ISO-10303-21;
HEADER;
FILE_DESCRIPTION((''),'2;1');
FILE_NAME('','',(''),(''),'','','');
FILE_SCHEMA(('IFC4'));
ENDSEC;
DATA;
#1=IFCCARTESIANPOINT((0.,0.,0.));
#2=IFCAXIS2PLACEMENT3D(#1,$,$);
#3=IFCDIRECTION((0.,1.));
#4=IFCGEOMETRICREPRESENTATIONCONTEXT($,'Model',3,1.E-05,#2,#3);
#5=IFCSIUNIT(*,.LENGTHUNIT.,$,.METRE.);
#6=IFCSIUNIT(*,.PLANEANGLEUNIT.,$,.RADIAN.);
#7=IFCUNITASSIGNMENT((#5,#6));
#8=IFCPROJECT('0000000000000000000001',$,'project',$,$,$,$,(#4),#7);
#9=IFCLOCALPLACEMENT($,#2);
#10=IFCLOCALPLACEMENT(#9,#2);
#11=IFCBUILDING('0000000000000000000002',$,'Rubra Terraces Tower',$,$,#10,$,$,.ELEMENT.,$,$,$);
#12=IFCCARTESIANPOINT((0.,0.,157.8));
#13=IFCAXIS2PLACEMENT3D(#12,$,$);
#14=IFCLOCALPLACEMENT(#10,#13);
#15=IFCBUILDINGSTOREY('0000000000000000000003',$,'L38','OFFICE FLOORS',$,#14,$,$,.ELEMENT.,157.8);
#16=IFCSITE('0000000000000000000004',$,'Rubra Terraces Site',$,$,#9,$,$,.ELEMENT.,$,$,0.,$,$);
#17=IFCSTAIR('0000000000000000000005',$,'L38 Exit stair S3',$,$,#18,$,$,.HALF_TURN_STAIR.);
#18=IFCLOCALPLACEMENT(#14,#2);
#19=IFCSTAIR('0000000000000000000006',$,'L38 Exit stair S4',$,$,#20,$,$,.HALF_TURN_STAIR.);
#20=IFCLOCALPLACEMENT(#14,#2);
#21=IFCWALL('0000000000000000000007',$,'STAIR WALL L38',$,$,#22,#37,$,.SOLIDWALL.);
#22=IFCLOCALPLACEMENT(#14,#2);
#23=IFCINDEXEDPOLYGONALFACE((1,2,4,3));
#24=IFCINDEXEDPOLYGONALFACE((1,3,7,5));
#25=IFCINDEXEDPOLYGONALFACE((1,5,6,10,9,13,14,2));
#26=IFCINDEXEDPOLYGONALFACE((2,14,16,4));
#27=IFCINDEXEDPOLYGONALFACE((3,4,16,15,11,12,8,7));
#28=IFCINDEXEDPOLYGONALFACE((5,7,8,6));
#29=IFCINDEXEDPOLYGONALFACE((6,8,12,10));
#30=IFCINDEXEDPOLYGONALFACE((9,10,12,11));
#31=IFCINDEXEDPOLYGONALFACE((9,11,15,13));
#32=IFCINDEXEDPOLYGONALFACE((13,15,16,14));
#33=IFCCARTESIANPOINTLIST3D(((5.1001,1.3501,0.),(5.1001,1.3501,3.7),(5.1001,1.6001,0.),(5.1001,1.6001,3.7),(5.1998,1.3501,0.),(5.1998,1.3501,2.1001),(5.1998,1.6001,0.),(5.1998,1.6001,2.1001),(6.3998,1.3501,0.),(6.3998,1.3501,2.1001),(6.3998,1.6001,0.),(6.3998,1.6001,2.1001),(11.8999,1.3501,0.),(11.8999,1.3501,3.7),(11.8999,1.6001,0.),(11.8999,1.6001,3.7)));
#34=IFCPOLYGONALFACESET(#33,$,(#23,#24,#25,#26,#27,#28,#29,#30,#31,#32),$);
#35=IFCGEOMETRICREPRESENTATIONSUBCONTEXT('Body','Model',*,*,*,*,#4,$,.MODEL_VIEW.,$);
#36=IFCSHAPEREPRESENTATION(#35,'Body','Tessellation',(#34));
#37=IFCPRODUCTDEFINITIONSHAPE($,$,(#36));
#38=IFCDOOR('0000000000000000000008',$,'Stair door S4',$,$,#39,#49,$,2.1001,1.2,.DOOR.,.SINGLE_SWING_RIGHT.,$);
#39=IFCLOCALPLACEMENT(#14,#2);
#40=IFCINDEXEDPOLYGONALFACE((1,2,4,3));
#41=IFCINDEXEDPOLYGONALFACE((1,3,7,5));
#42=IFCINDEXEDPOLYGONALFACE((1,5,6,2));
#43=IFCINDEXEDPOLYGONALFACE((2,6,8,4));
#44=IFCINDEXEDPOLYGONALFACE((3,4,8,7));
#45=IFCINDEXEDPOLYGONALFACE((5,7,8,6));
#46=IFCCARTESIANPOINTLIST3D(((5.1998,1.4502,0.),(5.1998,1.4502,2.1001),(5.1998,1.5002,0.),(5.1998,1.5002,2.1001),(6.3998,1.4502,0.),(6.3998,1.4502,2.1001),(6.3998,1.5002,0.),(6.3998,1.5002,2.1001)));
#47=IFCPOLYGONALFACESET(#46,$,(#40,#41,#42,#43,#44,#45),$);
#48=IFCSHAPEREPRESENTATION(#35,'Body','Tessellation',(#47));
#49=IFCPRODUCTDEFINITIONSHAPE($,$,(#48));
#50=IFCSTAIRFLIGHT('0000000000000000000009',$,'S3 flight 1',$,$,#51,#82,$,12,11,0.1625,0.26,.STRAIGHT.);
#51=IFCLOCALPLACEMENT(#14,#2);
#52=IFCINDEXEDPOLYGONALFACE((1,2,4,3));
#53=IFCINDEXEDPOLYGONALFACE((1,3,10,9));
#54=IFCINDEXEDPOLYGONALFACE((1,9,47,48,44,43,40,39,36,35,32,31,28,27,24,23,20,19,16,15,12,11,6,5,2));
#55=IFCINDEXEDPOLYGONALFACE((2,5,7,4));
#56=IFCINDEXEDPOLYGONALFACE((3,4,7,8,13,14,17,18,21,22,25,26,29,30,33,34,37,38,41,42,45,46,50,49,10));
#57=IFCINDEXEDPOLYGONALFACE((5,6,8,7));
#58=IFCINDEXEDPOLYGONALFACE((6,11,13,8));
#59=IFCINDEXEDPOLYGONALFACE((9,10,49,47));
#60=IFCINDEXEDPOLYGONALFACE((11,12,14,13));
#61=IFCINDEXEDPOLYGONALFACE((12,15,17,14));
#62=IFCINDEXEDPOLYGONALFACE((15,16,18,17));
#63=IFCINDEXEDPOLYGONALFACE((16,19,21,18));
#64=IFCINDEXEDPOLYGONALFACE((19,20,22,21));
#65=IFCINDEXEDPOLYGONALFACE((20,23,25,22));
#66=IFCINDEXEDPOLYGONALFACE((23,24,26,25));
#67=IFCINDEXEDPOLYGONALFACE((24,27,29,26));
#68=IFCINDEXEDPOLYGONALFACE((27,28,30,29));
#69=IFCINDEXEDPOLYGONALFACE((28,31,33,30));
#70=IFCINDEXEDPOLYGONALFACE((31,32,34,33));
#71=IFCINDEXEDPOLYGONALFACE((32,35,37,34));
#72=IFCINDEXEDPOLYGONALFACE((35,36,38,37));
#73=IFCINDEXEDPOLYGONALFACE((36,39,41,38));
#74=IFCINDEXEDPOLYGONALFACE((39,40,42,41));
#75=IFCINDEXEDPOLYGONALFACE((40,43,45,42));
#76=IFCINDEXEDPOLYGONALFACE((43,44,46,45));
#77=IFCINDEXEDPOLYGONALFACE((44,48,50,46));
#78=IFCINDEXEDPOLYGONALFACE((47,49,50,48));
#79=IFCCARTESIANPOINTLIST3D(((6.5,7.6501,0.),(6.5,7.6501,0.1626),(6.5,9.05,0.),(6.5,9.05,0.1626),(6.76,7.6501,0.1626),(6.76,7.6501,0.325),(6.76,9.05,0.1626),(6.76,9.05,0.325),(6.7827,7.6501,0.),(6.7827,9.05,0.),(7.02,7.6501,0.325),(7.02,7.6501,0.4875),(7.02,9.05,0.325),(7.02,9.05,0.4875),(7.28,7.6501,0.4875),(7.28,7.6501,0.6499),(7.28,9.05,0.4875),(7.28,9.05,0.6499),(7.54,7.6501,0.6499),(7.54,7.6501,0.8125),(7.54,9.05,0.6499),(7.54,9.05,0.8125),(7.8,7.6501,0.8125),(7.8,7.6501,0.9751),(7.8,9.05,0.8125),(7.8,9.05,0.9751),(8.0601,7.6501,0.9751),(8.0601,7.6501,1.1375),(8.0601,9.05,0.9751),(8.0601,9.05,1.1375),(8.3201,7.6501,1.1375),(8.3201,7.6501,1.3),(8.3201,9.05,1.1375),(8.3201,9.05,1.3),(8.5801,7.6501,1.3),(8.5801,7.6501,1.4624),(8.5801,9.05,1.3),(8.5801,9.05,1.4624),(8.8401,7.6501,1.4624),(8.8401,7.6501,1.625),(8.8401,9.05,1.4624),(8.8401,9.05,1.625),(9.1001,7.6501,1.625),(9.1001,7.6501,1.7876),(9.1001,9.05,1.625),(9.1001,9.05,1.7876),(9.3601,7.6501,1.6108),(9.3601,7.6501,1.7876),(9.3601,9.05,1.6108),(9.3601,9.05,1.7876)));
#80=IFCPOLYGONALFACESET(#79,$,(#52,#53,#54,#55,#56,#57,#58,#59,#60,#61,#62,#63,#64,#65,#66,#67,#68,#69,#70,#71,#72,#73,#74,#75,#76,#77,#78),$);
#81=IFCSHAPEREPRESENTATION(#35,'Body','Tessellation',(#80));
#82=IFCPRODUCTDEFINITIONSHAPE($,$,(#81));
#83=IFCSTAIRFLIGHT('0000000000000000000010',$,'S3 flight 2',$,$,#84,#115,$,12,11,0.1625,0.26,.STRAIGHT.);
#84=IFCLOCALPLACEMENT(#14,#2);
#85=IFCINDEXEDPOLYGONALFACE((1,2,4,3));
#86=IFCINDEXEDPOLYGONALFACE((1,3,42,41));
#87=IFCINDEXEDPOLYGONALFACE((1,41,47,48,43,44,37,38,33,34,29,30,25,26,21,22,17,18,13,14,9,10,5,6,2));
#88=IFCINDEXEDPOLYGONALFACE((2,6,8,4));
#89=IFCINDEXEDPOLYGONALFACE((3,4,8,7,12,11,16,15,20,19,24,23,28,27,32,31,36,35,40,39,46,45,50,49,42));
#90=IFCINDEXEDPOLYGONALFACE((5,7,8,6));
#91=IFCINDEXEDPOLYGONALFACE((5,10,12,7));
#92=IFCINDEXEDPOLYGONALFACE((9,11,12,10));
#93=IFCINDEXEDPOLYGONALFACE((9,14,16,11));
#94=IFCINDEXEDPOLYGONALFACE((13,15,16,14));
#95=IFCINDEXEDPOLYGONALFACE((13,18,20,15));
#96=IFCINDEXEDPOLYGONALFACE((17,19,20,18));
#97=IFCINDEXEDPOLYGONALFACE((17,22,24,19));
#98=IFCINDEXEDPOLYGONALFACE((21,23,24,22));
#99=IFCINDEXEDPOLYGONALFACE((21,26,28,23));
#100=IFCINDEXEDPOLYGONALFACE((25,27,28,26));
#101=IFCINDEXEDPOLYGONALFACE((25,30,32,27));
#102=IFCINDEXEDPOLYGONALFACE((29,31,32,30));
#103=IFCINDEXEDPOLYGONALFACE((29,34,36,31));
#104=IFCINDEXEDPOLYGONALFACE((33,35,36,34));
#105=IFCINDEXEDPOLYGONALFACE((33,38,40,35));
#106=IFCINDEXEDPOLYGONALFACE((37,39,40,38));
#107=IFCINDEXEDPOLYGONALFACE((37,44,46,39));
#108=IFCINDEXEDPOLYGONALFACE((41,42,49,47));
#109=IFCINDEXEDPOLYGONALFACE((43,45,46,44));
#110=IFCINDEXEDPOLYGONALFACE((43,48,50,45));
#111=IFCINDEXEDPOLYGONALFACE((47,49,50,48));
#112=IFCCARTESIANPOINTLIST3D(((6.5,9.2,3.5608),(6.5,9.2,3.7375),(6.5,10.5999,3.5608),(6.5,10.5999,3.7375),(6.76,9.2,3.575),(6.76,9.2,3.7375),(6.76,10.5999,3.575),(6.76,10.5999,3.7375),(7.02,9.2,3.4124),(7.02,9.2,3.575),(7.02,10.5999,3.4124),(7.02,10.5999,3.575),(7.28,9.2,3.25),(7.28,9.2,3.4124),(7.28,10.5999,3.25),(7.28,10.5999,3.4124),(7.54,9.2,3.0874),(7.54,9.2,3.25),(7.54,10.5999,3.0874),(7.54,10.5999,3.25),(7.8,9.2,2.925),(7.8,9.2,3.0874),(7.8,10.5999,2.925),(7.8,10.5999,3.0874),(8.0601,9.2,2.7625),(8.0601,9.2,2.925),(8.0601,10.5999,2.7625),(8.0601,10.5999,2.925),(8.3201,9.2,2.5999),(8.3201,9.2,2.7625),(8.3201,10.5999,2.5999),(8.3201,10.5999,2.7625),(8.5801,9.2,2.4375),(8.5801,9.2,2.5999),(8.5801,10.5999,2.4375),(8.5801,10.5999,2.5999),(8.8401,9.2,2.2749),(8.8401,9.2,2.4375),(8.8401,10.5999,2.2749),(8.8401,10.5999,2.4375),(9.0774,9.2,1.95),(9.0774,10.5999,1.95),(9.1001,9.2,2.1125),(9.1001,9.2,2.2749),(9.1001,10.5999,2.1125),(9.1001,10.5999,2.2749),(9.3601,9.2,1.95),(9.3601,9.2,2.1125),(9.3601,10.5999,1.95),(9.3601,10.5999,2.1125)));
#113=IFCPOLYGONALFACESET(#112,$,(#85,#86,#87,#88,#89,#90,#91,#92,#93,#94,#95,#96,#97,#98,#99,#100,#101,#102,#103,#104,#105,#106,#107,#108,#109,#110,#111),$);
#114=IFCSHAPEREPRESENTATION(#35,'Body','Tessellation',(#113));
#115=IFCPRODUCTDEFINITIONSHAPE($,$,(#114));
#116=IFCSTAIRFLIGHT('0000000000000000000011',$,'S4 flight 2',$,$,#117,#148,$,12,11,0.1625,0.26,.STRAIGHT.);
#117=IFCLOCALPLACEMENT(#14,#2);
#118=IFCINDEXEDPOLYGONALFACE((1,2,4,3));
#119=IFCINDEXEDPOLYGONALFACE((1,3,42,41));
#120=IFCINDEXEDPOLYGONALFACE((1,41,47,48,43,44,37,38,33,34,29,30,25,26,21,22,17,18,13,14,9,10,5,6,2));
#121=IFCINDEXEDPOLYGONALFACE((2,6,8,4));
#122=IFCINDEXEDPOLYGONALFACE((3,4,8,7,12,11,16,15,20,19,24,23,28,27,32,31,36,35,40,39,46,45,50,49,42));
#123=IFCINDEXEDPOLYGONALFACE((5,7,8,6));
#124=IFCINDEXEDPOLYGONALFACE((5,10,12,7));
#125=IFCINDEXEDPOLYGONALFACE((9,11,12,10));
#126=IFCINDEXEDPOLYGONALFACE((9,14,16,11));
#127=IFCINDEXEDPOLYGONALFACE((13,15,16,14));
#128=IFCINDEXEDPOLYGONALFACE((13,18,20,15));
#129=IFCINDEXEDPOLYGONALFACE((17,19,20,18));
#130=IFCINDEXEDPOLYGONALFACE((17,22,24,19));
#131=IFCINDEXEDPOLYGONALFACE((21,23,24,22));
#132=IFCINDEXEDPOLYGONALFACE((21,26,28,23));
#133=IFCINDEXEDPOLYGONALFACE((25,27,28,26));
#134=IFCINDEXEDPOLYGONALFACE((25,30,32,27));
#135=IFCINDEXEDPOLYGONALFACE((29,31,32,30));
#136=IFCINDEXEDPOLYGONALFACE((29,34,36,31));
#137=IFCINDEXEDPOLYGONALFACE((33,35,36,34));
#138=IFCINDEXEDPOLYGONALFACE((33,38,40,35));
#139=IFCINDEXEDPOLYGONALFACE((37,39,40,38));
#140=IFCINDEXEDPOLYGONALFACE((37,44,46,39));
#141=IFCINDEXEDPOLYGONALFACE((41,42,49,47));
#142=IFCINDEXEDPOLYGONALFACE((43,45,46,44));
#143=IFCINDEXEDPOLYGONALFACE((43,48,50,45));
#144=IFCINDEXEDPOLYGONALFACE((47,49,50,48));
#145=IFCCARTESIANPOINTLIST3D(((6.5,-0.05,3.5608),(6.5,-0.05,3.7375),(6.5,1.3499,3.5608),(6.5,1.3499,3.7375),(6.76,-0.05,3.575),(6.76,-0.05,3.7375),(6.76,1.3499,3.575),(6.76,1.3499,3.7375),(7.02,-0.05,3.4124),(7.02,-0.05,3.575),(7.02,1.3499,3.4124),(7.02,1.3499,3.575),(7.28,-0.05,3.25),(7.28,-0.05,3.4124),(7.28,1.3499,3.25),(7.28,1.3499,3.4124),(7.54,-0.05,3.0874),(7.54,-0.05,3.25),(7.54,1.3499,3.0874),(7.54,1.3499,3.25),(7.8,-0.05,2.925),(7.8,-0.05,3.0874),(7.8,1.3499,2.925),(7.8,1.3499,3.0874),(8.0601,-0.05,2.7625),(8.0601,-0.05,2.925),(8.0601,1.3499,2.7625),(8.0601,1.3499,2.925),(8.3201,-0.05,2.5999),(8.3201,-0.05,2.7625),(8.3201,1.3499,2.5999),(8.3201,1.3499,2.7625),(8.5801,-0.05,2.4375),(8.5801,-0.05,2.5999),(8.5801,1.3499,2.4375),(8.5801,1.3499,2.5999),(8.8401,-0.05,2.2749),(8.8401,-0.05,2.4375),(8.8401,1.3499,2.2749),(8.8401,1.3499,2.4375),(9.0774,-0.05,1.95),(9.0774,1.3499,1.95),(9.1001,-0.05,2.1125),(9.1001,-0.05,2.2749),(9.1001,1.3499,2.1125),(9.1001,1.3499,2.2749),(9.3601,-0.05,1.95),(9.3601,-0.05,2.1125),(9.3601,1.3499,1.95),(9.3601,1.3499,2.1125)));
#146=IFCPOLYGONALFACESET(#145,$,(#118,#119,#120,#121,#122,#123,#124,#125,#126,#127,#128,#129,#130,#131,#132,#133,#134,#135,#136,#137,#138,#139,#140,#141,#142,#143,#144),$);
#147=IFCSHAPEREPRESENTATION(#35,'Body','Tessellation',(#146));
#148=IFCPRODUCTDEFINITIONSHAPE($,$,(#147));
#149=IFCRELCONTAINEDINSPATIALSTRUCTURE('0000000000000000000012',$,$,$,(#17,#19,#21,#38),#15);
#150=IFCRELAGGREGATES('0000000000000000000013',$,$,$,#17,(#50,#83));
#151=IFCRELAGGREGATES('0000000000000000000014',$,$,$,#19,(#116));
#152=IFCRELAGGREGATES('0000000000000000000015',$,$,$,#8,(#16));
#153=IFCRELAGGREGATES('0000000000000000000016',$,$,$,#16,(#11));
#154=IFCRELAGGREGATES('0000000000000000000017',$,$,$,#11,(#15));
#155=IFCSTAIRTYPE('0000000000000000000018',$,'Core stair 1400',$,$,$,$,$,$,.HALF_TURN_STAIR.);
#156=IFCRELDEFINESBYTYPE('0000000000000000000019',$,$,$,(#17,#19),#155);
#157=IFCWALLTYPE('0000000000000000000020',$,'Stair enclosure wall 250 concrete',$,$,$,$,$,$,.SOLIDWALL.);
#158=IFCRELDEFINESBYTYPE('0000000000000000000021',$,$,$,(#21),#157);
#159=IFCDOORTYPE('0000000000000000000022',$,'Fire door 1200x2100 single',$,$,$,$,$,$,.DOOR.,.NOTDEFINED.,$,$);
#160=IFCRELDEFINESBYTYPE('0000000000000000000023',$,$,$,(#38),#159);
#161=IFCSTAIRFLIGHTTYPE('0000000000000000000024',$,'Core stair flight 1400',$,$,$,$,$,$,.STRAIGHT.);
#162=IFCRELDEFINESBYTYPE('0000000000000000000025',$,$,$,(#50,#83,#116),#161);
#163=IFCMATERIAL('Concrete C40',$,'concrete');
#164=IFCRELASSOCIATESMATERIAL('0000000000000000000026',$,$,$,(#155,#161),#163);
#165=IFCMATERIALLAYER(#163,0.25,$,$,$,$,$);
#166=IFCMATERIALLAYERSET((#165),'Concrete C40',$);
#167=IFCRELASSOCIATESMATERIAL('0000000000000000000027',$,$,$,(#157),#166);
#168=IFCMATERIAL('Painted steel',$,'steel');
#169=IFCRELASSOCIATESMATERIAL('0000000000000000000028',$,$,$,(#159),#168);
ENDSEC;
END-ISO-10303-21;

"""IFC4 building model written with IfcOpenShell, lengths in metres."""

from ifc_helpers import new_model, si_unit, direction, frame, frame_2d, origin, place, context, subcontext, project, spatial, polyline, rectangle, outline, extrude, material, layer, layer_set, type_object, element, fill, aggregate, save


model = new_model("IFC4")

# Units and contexts
model_context = context("Model", 3, precision=1e-05, world=origin(), true_north=direction((0.0, 1.0)))
body_context = subcontext(model_context, "Body", "Model", "MODEL_VIEW")
ifc_project = project(units=[si_unit("LENGTHUNIT", "METRE"), si_unit("PLANEANGLEUNIT", "RADIAN")], contexts=[model_context])

# Site, building, storey
site_placement = place(None, origin())
site = spatial("IfcSite", under=ifc_project, at=site_placement, Name="Rubra Terraces Site", CompositionType="ELEMENT", RefElevation=0.0)
building_placement = place(site_placement, origin())
building = spatial("IfcBuilding", under=site, at=building_placement, Name="Rubra Terraces Tower", CompositionType="ELEMENT")
storey_placement = place(building_placement, frame((0.0, 0.0, 157.8)))
storey = spatial("IfcBuildingStorey", under=building, at=storey_placement, Name="L38", Description="OFFICE FLOORS", CompositionType="ELEMENT", Elevation=157.8)

# Stairs
ifc_material_1 = material(Name="Concrete C40", Category="concrete")
stair_type = type_object("IfcStairType", Name="Core stair 1400", PredefinedType="HALF_TURN_STAIR", material=ifc_material_1)
stair_1_placement = place(storey_placement, origin())
stair_1 = element("IfcStair", 1, at=stair_1_placement, inside=storey, type_object=stair_type, Name="L38 Exit stair S3", PredefinedType="HALF_TURN_STAIR")
stair_2_placement = place(storey_placement, origin())
stair_2 = element("IfcStair", 2, at=stair_2_placement, inside=storey, type_object=stair_type, Name="L38 Exit stair S4", PredefinedType="HALF_TURN_STAIR")

# Wall, opening, door
ifc_layer_1 = layer(ifc_material_1, 0.25)
ifc_layer_set_1 = layer_set([ifc_layer_1], Name="Concrete C40")
wall_type_1 = type_object("IfcWallType", Name="Stair enclosure wall 250 concrete", PredefinedType="SOLIDWALL", material=ifc_layer_set_1)
wall_1_placement = place(storey_placement, frame((11.8999, 1.4751, 0.0), z_axis=(0.0, 0.0, 1.0), x_axis=(-1.0, 0.0, 0.0)))
wall_1 = element("IfcWall", 3, at=wall_1_placement, inside=storey, type_object=wall_type_1, Name="STAIR WALL L38", PredefinedType="SOLIDWALL", context=body_context, shape_type="SweptSolid", body=[
    extrude(rectangle(XDim=6.7998, YDim=0.25, at=frame_2d((3.3999, 0.0))), origin(), (0.0, 0.0, 1.0), 3.7),
])
opening_placement = place(wall_1_placement, frame((5.5, 0.0, 0.0)))
opening = element("IfcOpeningElement", 4, at=opening_placement, cuts=wall_1, PredefinedType="OPENING", context=body_context, shape_type="SweptSolid", body=[
    extrude(rectangle(XDim=1.2, YDim=2.1001, at=frame_2d((0.6001, 1.05))), frame((0.0, 0.135, 0.0), z_axis=(0.0, -1.0, 0.0), x_axis=(1.0, 0.0, 0.0)), (0.0, 0.0, 1.0), 0.27),
])
ifc_material_2 = material(Name="Painted steel", Category="steel")
door_type = type_object("IfcDoorType", Name="Fire door 1200x2100 single", OperationType="NOTDEFINED", PredefinedType="DOOR", material=ifc_material_2)
door_placement = place(opening_placement, origin())
door = element("IfcDoor", 5, at=door_placement, inside=storey, type_object=door_type, Name="Stair door S4", OperationType="SINGLE_SWING_RIGHT", OverallHeight=2.1001, OverallWidth=1.2, PredefinedType="DOOR", context=body_context, shape_type="SweptSolid", body=[
    extrude(rectangle(XDim=1.2, YDim=2.1001, at=frame_2d((0.6001, 1.05))), frame((0.0, 0.0249, 0.0), z_axis=(0.0, -1.0, 0.0), x_axis=(1.0, 0.0, 0.0)), (0.0, 0.0, 1.0), 0.05),
])
fill(opening, door)

# Stair flights
stair_flight_type = type_object("IfcStairFlightType", Name="Core stair flight 1400", PredefinedType="STRAIGHT", material=ifc_material_1)
stair_flight_1_placement = place(storey_placement, frame((6.5, 8.3501, 0.0), z_axis=(0.0, 0.0, 1.0), x_axis=(1.0, 0.0, 0.0)))
stair_flight_1 = element("IfcStairFlight", 6, at=stair_flight_1_placement, type_object=stair_flight_type, Name="S3 flight 1", NumberOfRisers=12, NumberOfTreads=11, PredefinedType="STRAIGHT", RiserHeight=0.1625, TreadLength=0.26, context=body_context, shape_type="SweptSolid", body=[
    extrude(outline(polyline([(0.0, 0.0), (0.0, 0.1626), (0.26, 0.1626), (0.26, 0.325), (0.52, 0.325), (0.52, 0.4875), (0.78, 0.4875), (0.78, 0.6499), (1.04, 0.6499), (1.04, 0.8125), (1.3, 0.8125), (1.3, 0.9751), (1.5601, 0.9751), (1.5601, 1.1375), (1.8201, 1.1375), (1.8201, 1.3), (2.0801, 1.3), (2.0801, 1.4624), (2.3401, 1.4624), (2.3401, 1.625), (2.6001, 1.625), (2.6001, 1.7876), (2.8601, 1.7876), (2.8601, 1.95), (2.8601, 1.6108), (0.2827, 0.0), (0.0, 0.0)])), frame((0.0, 0.7, 0.0), z_axis=(0.0, -1.0, 0.0), x_axis=(1.0, 0.0, 0.0)), (0.0, 0.0, 1.0), 1.3999),
])
stair_flight_2_placement = place(storey_placement, frame((9.3601, 9.8999, 1.95), z_axis=(0.0, 0.0, 1.0), x_axis=(-1.0, 0.0, 0.0)))
stair_flight_2 = element("IfcStairFlight", 7, at=stair_flight_2_placement, type_object=stair_flight_type, Name="S3 flight 2", NumberOfRisers=12, NumberOfTreads=11, PredefinedType="STRAIGHT", RiserHeight=0.1625, TreadLength=0.26, context=body_context, shape_type="SweptSolid", body=[
    extrude(outline(polyline([(0.0, 0.0), (0.0, 0.1626), (0.26, 0.1626), (0.26, 0.325), (0.52, 0.325), (0.52, 0.4875), (0.78, 0.4875), (0.78, 0.6499), (1.04, 0.6499), (1.04, 0.8125), (1.3, 0.8125), (1.3, 0.9751), (1.5601, 0.9751), (1.5601, 1.1375), (1.8201, 1.1375), (1.8201, 1.3), (2.0801, 1.3), (2.0801, 1.4624), (2.3401, 1.4624), (2.3401, 1.625), (2.6001, 1.625), (2.6001, 1.7876), (2.8601, 1.7876), (2.8601, 1.95), (2.8601, 1.6108), (0.2827, 0.0), (0.0, 0.0)])), frame((0.0, 0.7, 0.0), z_axis=(0.0, -1.0, 0.0), x_axis=(1.0, 0.0, 0.0)), (0.0, 0.0, 1.0), 1.3999),
])
aggregate(stair_1, [stair_flight_1, stair_flight_2])
stair_flight_3_placement = place(storey_placement, frame((9.3601, 0.6499, 1.95), z_axis=(0.0, 0.0, 1.0), x_axis=(-1.0, 0.0, 0.0)))
stair_flight_3 = element("IfcStairFlight", 8, at=stair_flight_3_placement, type_object=stair_flight_type, Name="S4 flight 2", NumberOfRisers=12, NumberOfTreads=11, PredefinedType="STRAIGHT", RiserHeight=0.1625, TreadLength=0.26, context=body_context, shape_type="SweptSolid", body=[
    extrude(outline(polyline([(0.0, 0.0), (0.0, 0.1626), (0.26, 0.1626), (0.26, 0.325), (0.52, 0.325), (0.52, 0.4875), (0.78, 0.4875), (0.78, 0.6499), (1.04, 0.6499), (1.04, 0.8125), (1.3, 0.8125), (1.3, 0.9751), (1.5601, 0.9751), (1.5601, 1.1375), (1.8201, 1.1375), (1.8201, 1.3), (2.0801, 1.3), (2.0801, 1.4624), (2.3401, 1.4624), (2.3401, 1.625), (2.6001, 1.625), (2.6001, 1.7876), (2.8601, 1.7876), (2.8601, 1.95), (2.8601, 1.6108), (0.2827, 0.0), (0.0, 0.0)])), frame((0.0, 0.7, 0.0), z_axis=(0.0, -1.0, 0.0), x_axis=(1.0, 0.0, 0.0)), (0.0, 0.0, 1.0), 1.3999),
])
aggregate(stair_2, [stair_flight_3])

save(model, "model.ifc")
